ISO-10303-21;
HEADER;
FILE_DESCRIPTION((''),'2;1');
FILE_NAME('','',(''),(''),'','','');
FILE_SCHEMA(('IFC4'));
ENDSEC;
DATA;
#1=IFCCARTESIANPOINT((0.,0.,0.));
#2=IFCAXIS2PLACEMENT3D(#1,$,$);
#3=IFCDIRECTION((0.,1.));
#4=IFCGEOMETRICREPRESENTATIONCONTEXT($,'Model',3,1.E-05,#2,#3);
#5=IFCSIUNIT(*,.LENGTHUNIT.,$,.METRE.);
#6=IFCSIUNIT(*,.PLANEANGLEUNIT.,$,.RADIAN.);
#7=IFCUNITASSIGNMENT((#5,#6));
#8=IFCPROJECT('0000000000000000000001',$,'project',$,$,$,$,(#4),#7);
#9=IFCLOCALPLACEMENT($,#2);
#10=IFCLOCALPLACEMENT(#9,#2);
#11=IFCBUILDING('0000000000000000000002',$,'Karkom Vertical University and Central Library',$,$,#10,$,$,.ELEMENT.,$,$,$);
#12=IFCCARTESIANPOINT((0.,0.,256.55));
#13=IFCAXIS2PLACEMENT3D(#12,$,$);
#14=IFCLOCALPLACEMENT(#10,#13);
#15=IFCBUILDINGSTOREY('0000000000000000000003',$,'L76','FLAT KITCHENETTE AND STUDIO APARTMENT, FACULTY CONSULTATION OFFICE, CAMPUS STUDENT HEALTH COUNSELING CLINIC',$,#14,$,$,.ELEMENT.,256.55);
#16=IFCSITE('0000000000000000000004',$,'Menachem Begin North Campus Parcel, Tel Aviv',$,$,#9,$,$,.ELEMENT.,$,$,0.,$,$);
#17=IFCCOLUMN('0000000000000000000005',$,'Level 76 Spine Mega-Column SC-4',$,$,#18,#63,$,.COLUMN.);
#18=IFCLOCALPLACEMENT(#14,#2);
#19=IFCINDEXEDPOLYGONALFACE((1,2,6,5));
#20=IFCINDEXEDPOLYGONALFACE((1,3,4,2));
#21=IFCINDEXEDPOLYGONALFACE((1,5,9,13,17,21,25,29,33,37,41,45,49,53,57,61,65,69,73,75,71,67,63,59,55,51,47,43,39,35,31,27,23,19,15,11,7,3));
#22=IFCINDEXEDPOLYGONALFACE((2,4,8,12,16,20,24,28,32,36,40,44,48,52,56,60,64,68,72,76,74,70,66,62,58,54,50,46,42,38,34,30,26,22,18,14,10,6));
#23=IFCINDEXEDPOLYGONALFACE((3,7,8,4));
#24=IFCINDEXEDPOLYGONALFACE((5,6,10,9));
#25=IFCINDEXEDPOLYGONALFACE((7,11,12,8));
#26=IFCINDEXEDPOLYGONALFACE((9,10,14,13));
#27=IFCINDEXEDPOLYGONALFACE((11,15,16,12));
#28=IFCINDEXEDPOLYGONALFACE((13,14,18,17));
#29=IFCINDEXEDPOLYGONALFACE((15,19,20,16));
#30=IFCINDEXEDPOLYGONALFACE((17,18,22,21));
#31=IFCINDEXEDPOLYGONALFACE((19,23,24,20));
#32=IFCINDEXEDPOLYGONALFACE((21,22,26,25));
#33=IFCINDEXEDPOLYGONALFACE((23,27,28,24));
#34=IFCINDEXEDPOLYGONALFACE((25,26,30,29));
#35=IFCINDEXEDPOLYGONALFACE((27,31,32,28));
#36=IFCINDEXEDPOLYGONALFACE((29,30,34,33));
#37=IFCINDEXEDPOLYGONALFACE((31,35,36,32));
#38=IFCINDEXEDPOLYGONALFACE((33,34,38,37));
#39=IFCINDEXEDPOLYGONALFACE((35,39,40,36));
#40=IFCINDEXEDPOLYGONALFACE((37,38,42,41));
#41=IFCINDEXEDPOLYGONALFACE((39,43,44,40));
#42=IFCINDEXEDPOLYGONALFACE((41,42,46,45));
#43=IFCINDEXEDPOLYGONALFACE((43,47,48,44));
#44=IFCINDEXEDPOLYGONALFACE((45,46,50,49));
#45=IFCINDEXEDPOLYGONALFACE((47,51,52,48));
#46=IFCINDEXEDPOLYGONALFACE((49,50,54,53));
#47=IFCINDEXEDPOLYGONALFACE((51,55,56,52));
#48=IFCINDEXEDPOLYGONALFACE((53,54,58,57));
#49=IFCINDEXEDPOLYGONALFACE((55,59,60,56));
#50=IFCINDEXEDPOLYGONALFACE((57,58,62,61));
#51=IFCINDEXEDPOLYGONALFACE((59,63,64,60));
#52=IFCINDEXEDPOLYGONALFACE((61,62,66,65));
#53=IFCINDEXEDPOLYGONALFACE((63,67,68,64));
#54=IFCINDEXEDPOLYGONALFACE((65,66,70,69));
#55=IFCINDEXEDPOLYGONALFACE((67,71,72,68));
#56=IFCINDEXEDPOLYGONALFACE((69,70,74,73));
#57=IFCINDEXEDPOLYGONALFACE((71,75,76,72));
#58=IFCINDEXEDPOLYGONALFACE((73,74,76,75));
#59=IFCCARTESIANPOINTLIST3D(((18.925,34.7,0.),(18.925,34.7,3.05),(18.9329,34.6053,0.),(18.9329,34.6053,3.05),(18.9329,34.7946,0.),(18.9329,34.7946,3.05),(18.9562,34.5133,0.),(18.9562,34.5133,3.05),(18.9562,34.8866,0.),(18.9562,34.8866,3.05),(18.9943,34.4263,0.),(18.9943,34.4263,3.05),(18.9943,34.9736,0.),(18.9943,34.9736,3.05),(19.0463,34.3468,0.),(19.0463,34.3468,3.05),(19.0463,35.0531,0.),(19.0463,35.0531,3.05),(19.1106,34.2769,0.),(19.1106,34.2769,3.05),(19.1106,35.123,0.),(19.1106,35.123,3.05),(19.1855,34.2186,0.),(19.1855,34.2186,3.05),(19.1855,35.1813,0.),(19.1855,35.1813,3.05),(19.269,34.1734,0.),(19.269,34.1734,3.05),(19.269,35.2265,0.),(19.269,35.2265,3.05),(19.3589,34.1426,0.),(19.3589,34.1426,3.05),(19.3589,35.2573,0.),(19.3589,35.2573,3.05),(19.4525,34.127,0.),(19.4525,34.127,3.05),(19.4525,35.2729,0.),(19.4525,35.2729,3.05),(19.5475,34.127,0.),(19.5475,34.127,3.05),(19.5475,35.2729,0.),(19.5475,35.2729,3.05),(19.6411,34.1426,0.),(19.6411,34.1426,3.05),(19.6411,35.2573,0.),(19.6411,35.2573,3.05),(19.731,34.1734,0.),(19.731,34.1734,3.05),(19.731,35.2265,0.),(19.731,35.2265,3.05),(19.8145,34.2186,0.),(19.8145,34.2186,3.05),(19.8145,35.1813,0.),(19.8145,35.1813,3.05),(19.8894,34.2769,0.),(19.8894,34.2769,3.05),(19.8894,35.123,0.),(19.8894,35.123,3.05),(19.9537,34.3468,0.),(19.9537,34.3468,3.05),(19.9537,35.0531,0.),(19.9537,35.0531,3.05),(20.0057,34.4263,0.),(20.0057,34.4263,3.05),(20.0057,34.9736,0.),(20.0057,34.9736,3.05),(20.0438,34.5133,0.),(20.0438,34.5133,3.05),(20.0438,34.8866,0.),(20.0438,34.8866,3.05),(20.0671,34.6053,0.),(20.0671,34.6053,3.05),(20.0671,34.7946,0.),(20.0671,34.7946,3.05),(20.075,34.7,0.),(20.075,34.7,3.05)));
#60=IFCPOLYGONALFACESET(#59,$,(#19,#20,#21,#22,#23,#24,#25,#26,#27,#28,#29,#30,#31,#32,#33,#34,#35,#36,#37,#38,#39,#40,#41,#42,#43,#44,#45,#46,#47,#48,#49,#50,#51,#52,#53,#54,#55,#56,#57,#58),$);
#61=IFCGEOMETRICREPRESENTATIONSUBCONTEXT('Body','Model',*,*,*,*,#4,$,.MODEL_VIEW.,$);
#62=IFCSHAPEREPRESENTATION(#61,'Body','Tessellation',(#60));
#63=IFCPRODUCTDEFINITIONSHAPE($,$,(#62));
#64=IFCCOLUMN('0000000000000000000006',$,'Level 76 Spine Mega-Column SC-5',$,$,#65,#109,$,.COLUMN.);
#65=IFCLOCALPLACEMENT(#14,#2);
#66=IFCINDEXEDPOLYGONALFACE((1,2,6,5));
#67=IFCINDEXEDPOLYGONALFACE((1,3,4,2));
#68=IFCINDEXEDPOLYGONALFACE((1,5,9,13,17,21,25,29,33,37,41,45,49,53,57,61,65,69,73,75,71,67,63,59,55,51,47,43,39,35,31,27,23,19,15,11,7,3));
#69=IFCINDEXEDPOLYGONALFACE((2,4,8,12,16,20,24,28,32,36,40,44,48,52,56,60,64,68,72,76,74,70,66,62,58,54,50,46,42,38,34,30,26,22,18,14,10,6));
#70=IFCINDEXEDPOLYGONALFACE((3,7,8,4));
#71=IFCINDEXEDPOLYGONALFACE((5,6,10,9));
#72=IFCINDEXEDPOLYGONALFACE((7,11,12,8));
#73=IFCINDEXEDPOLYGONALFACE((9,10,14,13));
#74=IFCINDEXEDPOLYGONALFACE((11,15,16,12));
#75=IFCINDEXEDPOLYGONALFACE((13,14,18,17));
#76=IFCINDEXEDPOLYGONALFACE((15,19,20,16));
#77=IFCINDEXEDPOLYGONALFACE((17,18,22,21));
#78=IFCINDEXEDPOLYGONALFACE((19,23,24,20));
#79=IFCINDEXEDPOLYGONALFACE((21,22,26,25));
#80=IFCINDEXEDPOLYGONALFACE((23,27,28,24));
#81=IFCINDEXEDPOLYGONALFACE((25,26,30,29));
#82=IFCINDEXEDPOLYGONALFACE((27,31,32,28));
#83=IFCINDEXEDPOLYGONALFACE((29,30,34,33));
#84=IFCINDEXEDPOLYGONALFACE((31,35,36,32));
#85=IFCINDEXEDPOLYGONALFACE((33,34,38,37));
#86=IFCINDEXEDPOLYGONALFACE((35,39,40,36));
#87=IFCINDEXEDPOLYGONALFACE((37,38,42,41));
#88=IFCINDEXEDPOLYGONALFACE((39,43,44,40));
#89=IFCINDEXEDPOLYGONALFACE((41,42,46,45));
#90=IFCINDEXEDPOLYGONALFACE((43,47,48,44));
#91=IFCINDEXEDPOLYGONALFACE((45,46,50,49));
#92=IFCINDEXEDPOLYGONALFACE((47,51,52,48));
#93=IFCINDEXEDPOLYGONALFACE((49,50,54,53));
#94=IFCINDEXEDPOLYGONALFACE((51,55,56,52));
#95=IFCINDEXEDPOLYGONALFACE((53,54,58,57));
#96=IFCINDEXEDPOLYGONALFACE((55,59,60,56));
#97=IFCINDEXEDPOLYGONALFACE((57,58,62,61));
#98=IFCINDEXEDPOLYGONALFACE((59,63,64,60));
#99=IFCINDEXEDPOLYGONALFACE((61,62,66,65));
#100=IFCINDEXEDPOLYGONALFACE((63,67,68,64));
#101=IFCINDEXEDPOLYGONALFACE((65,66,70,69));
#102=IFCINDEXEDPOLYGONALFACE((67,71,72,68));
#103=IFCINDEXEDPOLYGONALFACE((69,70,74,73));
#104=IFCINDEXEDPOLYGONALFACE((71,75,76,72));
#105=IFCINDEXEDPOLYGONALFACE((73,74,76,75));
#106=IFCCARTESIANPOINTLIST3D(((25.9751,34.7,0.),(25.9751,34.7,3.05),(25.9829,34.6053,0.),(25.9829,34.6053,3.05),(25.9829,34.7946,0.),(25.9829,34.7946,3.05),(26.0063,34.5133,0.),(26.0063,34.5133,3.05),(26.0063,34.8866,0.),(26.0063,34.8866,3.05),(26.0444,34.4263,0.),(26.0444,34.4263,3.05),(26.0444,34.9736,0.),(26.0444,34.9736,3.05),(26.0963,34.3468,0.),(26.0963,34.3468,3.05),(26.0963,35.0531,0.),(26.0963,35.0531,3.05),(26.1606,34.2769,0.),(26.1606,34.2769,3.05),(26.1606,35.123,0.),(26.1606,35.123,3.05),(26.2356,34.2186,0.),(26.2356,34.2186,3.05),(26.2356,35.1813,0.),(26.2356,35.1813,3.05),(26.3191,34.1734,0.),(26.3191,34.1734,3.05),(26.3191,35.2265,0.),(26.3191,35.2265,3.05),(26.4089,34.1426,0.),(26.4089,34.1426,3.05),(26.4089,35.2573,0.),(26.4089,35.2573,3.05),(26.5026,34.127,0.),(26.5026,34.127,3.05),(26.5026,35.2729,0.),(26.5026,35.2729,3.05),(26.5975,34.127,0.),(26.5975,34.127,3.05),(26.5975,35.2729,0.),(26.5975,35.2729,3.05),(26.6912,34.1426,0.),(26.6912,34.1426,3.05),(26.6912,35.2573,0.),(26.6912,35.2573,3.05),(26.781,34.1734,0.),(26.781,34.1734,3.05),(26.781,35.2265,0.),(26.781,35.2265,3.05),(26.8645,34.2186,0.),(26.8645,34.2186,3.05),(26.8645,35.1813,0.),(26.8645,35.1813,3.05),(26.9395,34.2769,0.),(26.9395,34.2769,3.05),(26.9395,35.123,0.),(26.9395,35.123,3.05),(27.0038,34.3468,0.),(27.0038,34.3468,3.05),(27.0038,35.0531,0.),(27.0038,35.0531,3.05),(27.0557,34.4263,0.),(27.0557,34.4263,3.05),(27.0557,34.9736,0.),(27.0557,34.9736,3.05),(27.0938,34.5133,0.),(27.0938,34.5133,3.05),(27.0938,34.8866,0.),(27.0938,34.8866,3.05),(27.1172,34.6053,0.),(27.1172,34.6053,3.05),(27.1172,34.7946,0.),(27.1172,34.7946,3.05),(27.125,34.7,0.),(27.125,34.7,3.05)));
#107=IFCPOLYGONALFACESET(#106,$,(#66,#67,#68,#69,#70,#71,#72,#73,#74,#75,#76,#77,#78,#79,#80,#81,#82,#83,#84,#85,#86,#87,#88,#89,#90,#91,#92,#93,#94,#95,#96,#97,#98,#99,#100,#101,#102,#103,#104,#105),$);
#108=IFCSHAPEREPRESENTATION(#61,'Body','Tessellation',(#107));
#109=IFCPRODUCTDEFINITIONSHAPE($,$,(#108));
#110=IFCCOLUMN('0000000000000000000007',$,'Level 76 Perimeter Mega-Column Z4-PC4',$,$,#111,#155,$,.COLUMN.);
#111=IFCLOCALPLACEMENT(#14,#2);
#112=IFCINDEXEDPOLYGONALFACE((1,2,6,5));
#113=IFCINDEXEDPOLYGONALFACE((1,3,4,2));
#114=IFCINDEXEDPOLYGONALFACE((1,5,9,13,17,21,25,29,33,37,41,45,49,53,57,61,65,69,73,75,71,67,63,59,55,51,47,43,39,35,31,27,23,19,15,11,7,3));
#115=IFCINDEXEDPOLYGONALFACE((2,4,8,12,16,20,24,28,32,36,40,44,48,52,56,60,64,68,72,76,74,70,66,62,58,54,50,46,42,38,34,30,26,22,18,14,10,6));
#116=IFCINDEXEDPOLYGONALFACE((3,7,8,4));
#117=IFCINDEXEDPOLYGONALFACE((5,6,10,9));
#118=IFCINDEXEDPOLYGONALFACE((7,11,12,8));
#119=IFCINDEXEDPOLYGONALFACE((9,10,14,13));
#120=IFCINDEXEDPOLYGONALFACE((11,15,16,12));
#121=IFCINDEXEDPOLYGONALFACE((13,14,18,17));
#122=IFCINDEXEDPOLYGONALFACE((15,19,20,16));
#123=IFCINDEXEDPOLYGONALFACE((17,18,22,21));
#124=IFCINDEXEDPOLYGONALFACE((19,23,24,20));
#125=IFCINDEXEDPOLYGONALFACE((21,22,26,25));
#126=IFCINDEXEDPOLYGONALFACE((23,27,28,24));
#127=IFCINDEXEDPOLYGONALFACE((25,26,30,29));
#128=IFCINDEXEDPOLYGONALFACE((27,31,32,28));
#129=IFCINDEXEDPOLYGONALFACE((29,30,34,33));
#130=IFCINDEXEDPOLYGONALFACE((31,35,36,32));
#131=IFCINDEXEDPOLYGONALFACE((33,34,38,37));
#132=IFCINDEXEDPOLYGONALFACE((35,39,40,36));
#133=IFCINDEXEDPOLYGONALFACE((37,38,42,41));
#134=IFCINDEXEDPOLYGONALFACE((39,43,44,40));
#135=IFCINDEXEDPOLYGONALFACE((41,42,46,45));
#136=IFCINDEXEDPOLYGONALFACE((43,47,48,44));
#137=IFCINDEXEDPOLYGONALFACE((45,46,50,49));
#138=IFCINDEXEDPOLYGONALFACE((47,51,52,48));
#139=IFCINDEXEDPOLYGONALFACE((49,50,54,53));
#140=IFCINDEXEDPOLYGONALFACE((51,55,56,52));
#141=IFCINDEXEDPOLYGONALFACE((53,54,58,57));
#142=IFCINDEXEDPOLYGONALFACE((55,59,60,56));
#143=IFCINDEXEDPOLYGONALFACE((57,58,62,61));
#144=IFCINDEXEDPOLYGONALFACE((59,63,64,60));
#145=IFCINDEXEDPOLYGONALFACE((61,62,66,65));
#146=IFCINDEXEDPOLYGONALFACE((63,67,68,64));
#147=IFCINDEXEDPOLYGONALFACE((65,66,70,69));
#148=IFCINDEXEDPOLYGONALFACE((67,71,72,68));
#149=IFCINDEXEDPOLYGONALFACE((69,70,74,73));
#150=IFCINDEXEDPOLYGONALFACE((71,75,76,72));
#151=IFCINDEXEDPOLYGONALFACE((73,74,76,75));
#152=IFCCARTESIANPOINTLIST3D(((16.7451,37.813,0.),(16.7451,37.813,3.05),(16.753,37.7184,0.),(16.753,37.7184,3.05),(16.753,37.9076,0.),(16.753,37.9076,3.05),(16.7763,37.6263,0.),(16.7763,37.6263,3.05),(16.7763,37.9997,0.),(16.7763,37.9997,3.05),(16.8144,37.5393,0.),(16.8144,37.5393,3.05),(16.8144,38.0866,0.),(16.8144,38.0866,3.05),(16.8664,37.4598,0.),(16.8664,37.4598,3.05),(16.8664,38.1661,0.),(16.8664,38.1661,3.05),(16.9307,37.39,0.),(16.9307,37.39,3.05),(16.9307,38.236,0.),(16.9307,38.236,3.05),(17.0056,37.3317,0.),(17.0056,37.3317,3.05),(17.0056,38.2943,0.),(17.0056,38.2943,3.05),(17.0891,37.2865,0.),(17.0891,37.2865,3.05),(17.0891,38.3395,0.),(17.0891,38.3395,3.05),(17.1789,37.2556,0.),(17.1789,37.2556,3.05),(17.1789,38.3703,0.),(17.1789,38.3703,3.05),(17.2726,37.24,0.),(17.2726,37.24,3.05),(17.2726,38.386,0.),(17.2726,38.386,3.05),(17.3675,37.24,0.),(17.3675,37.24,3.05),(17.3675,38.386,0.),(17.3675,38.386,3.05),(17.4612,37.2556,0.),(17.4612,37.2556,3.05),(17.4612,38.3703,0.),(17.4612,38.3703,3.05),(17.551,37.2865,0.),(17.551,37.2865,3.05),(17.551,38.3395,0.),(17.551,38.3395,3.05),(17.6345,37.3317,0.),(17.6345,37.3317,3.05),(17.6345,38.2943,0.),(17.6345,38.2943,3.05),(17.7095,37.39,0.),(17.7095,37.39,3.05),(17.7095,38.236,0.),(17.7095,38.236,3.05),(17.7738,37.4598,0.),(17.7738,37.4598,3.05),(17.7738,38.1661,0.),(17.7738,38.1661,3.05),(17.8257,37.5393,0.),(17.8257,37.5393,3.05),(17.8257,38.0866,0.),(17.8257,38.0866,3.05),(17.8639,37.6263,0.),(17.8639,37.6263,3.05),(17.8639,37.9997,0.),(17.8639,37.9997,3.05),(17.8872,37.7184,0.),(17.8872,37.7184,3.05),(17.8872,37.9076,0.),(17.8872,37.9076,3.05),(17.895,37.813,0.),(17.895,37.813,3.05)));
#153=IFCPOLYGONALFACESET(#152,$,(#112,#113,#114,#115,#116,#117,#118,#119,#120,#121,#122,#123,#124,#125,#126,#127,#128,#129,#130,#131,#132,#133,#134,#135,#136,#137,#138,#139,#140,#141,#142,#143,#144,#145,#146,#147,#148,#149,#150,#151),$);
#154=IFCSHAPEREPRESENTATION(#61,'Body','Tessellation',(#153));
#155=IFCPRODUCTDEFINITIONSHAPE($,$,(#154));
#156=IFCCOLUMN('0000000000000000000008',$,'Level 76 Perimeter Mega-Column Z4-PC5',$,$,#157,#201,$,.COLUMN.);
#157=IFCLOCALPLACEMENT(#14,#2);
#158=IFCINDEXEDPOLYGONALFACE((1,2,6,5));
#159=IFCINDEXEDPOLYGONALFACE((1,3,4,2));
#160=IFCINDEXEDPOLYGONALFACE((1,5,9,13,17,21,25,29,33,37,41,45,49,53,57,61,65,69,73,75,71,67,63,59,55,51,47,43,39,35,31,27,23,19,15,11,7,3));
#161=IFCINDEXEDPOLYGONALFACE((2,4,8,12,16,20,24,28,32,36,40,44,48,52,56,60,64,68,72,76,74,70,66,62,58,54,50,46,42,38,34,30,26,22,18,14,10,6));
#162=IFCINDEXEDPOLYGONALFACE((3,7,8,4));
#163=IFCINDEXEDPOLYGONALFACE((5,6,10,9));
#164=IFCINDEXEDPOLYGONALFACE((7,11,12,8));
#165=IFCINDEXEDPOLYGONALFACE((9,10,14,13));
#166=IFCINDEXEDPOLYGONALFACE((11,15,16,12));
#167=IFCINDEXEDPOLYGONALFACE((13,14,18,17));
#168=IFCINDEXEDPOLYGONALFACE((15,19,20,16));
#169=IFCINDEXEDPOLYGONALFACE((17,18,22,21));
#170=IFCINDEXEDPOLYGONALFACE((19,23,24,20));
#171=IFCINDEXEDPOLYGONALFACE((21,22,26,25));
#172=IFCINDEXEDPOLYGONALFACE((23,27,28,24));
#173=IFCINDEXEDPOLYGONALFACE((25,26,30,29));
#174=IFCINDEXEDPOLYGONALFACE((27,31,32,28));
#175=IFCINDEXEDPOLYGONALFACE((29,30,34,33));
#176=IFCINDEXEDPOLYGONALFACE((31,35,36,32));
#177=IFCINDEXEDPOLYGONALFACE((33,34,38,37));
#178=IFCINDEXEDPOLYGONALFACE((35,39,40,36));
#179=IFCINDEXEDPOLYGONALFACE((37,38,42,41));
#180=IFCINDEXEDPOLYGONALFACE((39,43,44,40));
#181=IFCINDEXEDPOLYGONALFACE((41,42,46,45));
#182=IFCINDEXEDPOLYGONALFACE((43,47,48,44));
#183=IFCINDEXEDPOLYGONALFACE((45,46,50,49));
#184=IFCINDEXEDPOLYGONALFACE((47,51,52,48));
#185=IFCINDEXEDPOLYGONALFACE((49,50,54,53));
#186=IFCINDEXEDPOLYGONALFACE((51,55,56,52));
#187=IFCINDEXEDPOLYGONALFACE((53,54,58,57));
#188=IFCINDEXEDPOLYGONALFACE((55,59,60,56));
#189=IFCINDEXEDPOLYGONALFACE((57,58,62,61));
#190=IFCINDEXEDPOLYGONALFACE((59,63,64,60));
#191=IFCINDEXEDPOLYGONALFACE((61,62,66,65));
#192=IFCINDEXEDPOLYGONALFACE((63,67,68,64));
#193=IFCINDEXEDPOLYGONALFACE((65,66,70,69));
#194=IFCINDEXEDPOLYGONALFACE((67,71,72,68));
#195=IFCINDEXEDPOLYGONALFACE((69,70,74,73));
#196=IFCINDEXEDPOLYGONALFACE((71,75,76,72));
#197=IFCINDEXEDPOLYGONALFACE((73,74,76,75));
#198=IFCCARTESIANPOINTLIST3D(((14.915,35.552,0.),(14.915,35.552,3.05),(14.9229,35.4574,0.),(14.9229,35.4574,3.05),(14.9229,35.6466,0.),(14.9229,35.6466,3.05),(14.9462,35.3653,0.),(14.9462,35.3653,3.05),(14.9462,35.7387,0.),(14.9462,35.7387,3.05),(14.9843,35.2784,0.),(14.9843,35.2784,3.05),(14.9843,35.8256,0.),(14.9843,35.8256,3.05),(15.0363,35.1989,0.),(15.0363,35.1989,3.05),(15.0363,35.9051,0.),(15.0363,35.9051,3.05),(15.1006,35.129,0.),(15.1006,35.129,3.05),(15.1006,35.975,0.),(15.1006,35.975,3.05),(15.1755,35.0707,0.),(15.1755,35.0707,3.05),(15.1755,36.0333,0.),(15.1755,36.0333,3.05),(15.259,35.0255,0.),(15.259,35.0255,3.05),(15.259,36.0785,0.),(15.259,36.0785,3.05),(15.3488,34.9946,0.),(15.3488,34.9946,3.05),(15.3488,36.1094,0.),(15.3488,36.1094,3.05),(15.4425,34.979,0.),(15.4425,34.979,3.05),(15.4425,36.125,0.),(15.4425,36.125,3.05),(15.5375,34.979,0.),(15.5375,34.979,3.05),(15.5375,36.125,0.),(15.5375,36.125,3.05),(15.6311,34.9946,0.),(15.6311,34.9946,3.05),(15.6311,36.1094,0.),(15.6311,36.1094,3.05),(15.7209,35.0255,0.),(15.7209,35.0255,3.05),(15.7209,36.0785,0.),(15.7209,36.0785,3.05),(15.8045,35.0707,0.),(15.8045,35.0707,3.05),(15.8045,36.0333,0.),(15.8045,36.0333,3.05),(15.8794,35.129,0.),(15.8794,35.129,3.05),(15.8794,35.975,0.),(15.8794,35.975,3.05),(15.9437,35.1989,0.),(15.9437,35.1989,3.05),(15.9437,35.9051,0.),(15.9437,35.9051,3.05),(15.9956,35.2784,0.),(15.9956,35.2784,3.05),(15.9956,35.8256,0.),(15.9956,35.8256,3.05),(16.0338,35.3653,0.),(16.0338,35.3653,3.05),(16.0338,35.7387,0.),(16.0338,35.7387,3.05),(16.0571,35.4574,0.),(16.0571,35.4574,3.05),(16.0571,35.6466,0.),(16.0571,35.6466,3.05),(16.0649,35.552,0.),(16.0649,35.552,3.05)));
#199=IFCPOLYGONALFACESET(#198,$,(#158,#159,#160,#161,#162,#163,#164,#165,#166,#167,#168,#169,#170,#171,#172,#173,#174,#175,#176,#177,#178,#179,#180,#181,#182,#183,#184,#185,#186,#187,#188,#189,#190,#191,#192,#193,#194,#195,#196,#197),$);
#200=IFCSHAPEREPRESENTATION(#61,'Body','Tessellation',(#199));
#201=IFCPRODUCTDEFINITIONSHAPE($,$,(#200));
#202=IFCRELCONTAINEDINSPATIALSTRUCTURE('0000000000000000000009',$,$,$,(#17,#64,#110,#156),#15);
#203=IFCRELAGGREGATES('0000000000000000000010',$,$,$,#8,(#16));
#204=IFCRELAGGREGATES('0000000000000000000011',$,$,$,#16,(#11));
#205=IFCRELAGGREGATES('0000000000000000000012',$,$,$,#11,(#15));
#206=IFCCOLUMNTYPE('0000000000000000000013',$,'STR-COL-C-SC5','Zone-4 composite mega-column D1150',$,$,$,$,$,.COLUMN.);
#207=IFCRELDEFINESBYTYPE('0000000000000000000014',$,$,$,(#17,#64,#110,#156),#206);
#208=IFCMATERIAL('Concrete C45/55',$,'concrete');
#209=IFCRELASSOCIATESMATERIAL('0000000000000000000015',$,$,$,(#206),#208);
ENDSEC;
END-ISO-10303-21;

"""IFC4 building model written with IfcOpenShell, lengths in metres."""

from ifc_helpers import new_model, si_unit, direction, frame, origin, origin_with_axes, origin_2d, place, context, subcontext, project, spatial, circle, extrude, source, transform, mapped, material, material_profile, profile_set, type_object, element, save


model = new_model("IFC4")

# Units and contexts
model_context = context("Model", 3, precision=1e-05, world=origin(), true_north=direction((0.0, 1.0)))
body_context = subcontext(model_context, "Body", "Model", "MODEL_VIEW")
ifc_project = project(units=[si_unit("LENGTHUNIT", "METRE"), si_unit("PLANEANGLEUNIT", "RADIAN")], contexts=[model_context])

# Site, building, storey
site_placement = place(None, origin())
site = spatial("IfcSite", under=ifc_project, at=site_placement, Name="Menachem Begin North Campus Parcel, Tel Aviv", CompositionType="ELEMENT", RefElevation=0.0)
building_placement = place(site_placement, origin())
building = spatial("IfcBuilding", under=site, at=building_placement, Name="Karkom Vertical University and Central Library", CompositionType="ELEMENT")
storey_placement = place(building_placement, frame((0.0, 0.0, 256.55)))
storey = spatial("IfcBuildingStorey", under=building, at=storey_placement, Name="L76", Description="FLAT KITCHENETTE AND STUDIO APARTMENT, FACULTY CONSULTATION OFFICE, CAMPUS STUDENT HEALTH COUNSELING CLINIC", CompositionType="ELEMENT", Elevation=256.55)

# Columns
ifc_material_1 = material(Name="Concrete C45/55", Category="concrete")
ifc_material_profile_1 = material_profile(ifc_material_1, circle(Radius=0.575, at=origin_2d()), Name="CFT-D1150")
ifc_profile_set_1 = profile_set([ifc_material_profile_1], Name="Concrete C45/55")
column_type = type_object("IfcColumnType", Name="STR-COL-C-SC5", Description="Zone-4 composite mega-column D1150", PredefinedType="COLUMN", material=ifc_profile_set_1)
shared_shape_1 = source(origin_with_axes(), body_context, "Body", "SweptSolid", [
    extrude(circle(Radius=0.575, at=origin_2d()), origin(), (0.0, 0.0, 1.0), 3.05),
])
for number, where, z_axis, x_axis, name in (
    (1, (19.5, 34.7, 0.0), (0.0, 0.0, 1.0), (1.0, 0.0, 0.0), "Level 76 Spine Mega-Column SC-4"),
    (2, (26.55, 34.7, 0.0), (0.0, 0.0, 1.0), (1.0, 0.0, 0.0), "Level 76 Spine Mega-Column SC-5"),
    (3, (17.3201, 37.813, 0.0), (0.0, 0.0, 1.0), (1.0, 0.0, 0.0), "Level 76 Perimeter Mega-Column Z4-PC4"),
    (4, (15.49, 35.552, 0.0), (0.0, 0.0, 1.0), (1.0, 0.0, 0.0), "Level 76 Perimeter Mega-Column Z4-PC5"),
):
    element("IfcColumn", number, at=place(storey_placement, frame(where, z_axis=z_axis, x_axis=x_axis)), inside=storey, type_object=column_type, Name=name, PredefinedType="COLUMN", context=body_context, shape_type="MappedRepresentation", body=[
        mapped(shared_shape_1, transform((0.0, 0.0, 0.0), scale=1.0)),
    ])

save(model, "model.ifc")
